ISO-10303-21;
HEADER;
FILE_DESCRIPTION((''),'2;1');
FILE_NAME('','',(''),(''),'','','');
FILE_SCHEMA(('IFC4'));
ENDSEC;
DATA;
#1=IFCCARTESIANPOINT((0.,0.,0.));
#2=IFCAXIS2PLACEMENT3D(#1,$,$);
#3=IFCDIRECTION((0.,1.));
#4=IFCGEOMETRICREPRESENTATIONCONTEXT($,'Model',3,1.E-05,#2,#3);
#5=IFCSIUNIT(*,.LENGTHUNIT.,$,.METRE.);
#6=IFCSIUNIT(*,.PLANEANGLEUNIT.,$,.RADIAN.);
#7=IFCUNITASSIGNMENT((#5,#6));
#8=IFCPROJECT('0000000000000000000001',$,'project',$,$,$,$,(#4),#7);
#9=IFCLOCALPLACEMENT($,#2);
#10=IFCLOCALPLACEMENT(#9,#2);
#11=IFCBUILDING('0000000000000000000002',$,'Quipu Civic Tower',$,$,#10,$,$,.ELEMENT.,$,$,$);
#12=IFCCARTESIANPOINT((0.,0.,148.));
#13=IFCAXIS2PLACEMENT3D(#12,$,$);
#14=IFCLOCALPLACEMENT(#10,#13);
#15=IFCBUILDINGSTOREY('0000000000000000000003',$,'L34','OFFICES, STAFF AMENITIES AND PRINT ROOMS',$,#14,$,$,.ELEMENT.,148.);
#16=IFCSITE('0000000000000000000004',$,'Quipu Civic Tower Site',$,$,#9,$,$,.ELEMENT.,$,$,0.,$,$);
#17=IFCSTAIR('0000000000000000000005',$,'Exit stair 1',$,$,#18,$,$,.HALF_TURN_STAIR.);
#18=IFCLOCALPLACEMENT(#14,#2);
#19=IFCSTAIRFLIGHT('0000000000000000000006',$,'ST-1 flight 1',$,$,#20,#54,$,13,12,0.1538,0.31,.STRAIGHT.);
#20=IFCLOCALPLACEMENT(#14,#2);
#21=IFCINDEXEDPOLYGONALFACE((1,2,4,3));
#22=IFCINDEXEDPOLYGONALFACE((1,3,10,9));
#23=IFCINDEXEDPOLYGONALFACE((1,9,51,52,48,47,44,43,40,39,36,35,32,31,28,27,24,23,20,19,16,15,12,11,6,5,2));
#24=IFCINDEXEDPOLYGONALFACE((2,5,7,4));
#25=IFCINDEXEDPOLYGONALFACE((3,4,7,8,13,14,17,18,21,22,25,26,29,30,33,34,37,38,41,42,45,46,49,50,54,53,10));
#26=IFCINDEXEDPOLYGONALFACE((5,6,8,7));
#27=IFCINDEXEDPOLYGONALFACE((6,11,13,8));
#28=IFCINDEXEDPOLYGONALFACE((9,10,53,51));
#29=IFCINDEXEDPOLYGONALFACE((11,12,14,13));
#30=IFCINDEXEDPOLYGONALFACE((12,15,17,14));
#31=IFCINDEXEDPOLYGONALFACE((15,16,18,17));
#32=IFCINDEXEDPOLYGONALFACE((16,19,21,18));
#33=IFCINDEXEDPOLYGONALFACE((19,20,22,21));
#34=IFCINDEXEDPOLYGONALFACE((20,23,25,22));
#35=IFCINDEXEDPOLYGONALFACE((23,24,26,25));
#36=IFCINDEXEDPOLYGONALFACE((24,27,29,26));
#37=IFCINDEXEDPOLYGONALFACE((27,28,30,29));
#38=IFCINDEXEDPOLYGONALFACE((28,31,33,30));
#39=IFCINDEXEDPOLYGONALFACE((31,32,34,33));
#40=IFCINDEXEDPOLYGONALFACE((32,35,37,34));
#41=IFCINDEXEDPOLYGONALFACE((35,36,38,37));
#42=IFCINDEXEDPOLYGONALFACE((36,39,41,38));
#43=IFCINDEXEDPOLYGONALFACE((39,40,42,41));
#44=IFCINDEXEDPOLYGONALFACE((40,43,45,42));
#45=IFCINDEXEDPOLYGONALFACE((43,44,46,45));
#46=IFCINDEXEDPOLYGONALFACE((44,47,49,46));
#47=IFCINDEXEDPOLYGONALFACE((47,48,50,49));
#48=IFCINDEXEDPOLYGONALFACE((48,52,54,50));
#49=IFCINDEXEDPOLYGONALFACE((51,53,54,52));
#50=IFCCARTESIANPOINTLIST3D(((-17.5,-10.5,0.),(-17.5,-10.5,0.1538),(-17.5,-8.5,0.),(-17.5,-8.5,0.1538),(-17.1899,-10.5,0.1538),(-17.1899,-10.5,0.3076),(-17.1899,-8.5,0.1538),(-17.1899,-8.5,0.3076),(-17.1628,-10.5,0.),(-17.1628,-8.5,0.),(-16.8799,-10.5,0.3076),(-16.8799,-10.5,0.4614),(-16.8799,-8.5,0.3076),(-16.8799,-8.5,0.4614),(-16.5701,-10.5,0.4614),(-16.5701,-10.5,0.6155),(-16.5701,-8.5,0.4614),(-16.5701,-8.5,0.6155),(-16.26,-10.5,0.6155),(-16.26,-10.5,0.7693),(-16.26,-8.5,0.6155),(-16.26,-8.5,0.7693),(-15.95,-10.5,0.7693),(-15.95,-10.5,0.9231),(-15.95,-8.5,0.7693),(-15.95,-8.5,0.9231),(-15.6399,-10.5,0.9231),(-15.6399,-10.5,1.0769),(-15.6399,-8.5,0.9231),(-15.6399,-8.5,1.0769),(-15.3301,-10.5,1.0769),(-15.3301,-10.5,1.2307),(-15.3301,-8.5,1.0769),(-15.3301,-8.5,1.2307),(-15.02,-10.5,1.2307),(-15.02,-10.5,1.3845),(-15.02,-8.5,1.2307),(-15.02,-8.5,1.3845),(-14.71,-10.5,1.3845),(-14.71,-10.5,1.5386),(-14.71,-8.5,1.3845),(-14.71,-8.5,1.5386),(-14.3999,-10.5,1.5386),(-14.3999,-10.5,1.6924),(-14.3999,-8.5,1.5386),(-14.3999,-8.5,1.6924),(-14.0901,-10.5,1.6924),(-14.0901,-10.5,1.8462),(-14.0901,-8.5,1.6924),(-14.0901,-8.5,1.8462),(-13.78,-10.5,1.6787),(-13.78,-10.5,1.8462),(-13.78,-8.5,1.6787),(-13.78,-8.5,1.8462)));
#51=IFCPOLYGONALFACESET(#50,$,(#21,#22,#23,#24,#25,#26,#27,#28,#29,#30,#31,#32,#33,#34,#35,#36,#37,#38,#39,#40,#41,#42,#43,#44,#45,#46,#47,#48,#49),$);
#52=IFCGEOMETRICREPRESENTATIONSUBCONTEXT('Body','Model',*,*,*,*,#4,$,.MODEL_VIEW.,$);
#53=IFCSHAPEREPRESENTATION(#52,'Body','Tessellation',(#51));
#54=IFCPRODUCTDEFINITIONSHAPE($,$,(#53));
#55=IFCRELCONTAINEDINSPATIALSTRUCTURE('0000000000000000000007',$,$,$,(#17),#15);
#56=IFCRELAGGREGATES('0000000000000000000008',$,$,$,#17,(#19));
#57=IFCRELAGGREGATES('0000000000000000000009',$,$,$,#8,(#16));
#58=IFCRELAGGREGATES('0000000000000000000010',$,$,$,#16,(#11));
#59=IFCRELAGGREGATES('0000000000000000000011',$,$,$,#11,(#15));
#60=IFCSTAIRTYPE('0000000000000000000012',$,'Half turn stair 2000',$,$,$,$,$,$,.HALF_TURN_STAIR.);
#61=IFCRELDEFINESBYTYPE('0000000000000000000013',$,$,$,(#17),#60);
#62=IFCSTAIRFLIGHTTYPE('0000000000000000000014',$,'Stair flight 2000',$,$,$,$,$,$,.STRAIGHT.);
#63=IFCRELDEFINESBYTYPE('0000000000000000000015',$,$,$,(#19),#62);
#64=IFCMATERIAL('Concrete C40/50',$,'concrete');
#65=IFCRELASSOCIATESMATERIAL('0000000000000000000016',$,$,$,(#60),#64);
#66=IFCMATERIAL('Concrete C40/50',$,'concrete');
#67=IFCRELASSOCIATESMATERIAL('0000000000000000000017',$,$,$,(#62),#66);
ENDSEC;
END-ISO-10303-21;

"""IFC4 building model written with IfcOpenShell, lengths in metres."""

from ifc_helpers import new_model, si_unit, direction, frame, origin, place, context, subcontext, project, spatial, polyline, outline, extrude, material, type_object, element, aggregate, save


model = new_model("IFC4")

# Units and contexts
model_context = context("Model", 3, precision=1e-05, world=origin(), true_north=direction((0.0, 1.0)))
body_context = subcontext(model_context, "Body", "Model", "MODEL_VIEW")
ifc_project = project(units=[si_unit("LENGTHUNIT", "METRE"), si_unit("PLANEANGLEUNIT", "RADIAN")], contexts=[model_context])

# Site, building, storey
site_placement = place(None, origin())
site = spatial("IfcSite", under=ifc_project, at=site_placement, Name="Quipu Civic Tower Site", CompositionType="ELEMENT", RefElevation=0.0)
building_placement = place(site_placement, origin())
building = spatial("IfcBuilding", under=site, at=building_placement, Name="Quipu Civic Tower", CompositionType="ELEMENT")
storey_placement = place(building_placement, frame((0.0, 0.0, 148.0)))
storey = spatial("IfcBuildingStorey", under=building, at=storey_placement, Name="L34", Description="OFFICES, STAFF AMENITIES AND PRINT ROOMS", CompositionType="ELEMENT", Elevation=148.0)

# Stair, stair flight
ifc_material_1 = material(Name="Concrete C40/50", Category="concrete")
stair_type = type_object("IfcStairType", Name="Half turn stair 2000", PredefinedType="HALF_TURN_STAIR", material=ifc_material_1)
stair_placement = place(storey_placement, origin())
stair = element("IfcStair", 1, at=stair_placement, inside=storey, type_object=stair_type, Name="Exit stair 1", PredefinedType="HALF_TURN_STAIR")
ifc_material_2 = material(Name="Concrete C40/50", Category="concrete")
stair_flight_type = type_object("IfcStairFlightType", Name="Stair flight 2000", PredefinedType="STRAIGHT", material=ifc_material_2)
stair_flight_placement = place(storey_placement, frame((-17.5, -9.5, 0.0), z_axis=(0.0, 0.0, 1.0), x_axis=(1.0, 0.0, 0.0)))
stair_flight = element("IfcStairFlight", 2, at=stair_flight_placement, type_object=stair_flight_type, Name="ST-1 flight 1", NumberOfRisers=13, NumberOfTreads=12, PredefinedType="STRAIGHT", RiserHeight=0.1538, TreadLength=0.31, context=body_context, shape_type="SweptSolid", body=[
    extrude(outline(polyline([(0.0, 0.0), (0.0, 0.1538), (0.3101, 0.1538), (0.3101, 0.3076), (0.6201, 0.3076), (0.6201, 0.4614), (0.9299, 0.4614), (0.9299, 0.6155), (1.24, 0.6155), (1.24, 0.7693), (1.55, 0.7693), (1.55, 0.9231), (1.8601, 0.9231), (1.8601, 1.0769), (2.1699, 1.0769), (2.1699, 1.2307), (2.48, 1.2307), (2.48, 1.3845), (2.79, 1.3845), (2.79, 1.5386), (3.1001, 1.5386), (3.1001, 1.6924), (3.4099, 1.6924), (3.4099, 1.8462), (3.72, 1.8462), (3.72, 2.0), (3.72, 1.6787), (0.3372, 0.0), (0.0, 0.0)])), frame((0.0, 1.0, 0.0), z_axis=(0.0, -1.0, 0.0), x_axis=(1.0, 0.0, 0.0)), (0.0, 0.0, 1.0), 2.0),
])
aggregate(stair, [stair_flight])

save(model, "model.ifc")
